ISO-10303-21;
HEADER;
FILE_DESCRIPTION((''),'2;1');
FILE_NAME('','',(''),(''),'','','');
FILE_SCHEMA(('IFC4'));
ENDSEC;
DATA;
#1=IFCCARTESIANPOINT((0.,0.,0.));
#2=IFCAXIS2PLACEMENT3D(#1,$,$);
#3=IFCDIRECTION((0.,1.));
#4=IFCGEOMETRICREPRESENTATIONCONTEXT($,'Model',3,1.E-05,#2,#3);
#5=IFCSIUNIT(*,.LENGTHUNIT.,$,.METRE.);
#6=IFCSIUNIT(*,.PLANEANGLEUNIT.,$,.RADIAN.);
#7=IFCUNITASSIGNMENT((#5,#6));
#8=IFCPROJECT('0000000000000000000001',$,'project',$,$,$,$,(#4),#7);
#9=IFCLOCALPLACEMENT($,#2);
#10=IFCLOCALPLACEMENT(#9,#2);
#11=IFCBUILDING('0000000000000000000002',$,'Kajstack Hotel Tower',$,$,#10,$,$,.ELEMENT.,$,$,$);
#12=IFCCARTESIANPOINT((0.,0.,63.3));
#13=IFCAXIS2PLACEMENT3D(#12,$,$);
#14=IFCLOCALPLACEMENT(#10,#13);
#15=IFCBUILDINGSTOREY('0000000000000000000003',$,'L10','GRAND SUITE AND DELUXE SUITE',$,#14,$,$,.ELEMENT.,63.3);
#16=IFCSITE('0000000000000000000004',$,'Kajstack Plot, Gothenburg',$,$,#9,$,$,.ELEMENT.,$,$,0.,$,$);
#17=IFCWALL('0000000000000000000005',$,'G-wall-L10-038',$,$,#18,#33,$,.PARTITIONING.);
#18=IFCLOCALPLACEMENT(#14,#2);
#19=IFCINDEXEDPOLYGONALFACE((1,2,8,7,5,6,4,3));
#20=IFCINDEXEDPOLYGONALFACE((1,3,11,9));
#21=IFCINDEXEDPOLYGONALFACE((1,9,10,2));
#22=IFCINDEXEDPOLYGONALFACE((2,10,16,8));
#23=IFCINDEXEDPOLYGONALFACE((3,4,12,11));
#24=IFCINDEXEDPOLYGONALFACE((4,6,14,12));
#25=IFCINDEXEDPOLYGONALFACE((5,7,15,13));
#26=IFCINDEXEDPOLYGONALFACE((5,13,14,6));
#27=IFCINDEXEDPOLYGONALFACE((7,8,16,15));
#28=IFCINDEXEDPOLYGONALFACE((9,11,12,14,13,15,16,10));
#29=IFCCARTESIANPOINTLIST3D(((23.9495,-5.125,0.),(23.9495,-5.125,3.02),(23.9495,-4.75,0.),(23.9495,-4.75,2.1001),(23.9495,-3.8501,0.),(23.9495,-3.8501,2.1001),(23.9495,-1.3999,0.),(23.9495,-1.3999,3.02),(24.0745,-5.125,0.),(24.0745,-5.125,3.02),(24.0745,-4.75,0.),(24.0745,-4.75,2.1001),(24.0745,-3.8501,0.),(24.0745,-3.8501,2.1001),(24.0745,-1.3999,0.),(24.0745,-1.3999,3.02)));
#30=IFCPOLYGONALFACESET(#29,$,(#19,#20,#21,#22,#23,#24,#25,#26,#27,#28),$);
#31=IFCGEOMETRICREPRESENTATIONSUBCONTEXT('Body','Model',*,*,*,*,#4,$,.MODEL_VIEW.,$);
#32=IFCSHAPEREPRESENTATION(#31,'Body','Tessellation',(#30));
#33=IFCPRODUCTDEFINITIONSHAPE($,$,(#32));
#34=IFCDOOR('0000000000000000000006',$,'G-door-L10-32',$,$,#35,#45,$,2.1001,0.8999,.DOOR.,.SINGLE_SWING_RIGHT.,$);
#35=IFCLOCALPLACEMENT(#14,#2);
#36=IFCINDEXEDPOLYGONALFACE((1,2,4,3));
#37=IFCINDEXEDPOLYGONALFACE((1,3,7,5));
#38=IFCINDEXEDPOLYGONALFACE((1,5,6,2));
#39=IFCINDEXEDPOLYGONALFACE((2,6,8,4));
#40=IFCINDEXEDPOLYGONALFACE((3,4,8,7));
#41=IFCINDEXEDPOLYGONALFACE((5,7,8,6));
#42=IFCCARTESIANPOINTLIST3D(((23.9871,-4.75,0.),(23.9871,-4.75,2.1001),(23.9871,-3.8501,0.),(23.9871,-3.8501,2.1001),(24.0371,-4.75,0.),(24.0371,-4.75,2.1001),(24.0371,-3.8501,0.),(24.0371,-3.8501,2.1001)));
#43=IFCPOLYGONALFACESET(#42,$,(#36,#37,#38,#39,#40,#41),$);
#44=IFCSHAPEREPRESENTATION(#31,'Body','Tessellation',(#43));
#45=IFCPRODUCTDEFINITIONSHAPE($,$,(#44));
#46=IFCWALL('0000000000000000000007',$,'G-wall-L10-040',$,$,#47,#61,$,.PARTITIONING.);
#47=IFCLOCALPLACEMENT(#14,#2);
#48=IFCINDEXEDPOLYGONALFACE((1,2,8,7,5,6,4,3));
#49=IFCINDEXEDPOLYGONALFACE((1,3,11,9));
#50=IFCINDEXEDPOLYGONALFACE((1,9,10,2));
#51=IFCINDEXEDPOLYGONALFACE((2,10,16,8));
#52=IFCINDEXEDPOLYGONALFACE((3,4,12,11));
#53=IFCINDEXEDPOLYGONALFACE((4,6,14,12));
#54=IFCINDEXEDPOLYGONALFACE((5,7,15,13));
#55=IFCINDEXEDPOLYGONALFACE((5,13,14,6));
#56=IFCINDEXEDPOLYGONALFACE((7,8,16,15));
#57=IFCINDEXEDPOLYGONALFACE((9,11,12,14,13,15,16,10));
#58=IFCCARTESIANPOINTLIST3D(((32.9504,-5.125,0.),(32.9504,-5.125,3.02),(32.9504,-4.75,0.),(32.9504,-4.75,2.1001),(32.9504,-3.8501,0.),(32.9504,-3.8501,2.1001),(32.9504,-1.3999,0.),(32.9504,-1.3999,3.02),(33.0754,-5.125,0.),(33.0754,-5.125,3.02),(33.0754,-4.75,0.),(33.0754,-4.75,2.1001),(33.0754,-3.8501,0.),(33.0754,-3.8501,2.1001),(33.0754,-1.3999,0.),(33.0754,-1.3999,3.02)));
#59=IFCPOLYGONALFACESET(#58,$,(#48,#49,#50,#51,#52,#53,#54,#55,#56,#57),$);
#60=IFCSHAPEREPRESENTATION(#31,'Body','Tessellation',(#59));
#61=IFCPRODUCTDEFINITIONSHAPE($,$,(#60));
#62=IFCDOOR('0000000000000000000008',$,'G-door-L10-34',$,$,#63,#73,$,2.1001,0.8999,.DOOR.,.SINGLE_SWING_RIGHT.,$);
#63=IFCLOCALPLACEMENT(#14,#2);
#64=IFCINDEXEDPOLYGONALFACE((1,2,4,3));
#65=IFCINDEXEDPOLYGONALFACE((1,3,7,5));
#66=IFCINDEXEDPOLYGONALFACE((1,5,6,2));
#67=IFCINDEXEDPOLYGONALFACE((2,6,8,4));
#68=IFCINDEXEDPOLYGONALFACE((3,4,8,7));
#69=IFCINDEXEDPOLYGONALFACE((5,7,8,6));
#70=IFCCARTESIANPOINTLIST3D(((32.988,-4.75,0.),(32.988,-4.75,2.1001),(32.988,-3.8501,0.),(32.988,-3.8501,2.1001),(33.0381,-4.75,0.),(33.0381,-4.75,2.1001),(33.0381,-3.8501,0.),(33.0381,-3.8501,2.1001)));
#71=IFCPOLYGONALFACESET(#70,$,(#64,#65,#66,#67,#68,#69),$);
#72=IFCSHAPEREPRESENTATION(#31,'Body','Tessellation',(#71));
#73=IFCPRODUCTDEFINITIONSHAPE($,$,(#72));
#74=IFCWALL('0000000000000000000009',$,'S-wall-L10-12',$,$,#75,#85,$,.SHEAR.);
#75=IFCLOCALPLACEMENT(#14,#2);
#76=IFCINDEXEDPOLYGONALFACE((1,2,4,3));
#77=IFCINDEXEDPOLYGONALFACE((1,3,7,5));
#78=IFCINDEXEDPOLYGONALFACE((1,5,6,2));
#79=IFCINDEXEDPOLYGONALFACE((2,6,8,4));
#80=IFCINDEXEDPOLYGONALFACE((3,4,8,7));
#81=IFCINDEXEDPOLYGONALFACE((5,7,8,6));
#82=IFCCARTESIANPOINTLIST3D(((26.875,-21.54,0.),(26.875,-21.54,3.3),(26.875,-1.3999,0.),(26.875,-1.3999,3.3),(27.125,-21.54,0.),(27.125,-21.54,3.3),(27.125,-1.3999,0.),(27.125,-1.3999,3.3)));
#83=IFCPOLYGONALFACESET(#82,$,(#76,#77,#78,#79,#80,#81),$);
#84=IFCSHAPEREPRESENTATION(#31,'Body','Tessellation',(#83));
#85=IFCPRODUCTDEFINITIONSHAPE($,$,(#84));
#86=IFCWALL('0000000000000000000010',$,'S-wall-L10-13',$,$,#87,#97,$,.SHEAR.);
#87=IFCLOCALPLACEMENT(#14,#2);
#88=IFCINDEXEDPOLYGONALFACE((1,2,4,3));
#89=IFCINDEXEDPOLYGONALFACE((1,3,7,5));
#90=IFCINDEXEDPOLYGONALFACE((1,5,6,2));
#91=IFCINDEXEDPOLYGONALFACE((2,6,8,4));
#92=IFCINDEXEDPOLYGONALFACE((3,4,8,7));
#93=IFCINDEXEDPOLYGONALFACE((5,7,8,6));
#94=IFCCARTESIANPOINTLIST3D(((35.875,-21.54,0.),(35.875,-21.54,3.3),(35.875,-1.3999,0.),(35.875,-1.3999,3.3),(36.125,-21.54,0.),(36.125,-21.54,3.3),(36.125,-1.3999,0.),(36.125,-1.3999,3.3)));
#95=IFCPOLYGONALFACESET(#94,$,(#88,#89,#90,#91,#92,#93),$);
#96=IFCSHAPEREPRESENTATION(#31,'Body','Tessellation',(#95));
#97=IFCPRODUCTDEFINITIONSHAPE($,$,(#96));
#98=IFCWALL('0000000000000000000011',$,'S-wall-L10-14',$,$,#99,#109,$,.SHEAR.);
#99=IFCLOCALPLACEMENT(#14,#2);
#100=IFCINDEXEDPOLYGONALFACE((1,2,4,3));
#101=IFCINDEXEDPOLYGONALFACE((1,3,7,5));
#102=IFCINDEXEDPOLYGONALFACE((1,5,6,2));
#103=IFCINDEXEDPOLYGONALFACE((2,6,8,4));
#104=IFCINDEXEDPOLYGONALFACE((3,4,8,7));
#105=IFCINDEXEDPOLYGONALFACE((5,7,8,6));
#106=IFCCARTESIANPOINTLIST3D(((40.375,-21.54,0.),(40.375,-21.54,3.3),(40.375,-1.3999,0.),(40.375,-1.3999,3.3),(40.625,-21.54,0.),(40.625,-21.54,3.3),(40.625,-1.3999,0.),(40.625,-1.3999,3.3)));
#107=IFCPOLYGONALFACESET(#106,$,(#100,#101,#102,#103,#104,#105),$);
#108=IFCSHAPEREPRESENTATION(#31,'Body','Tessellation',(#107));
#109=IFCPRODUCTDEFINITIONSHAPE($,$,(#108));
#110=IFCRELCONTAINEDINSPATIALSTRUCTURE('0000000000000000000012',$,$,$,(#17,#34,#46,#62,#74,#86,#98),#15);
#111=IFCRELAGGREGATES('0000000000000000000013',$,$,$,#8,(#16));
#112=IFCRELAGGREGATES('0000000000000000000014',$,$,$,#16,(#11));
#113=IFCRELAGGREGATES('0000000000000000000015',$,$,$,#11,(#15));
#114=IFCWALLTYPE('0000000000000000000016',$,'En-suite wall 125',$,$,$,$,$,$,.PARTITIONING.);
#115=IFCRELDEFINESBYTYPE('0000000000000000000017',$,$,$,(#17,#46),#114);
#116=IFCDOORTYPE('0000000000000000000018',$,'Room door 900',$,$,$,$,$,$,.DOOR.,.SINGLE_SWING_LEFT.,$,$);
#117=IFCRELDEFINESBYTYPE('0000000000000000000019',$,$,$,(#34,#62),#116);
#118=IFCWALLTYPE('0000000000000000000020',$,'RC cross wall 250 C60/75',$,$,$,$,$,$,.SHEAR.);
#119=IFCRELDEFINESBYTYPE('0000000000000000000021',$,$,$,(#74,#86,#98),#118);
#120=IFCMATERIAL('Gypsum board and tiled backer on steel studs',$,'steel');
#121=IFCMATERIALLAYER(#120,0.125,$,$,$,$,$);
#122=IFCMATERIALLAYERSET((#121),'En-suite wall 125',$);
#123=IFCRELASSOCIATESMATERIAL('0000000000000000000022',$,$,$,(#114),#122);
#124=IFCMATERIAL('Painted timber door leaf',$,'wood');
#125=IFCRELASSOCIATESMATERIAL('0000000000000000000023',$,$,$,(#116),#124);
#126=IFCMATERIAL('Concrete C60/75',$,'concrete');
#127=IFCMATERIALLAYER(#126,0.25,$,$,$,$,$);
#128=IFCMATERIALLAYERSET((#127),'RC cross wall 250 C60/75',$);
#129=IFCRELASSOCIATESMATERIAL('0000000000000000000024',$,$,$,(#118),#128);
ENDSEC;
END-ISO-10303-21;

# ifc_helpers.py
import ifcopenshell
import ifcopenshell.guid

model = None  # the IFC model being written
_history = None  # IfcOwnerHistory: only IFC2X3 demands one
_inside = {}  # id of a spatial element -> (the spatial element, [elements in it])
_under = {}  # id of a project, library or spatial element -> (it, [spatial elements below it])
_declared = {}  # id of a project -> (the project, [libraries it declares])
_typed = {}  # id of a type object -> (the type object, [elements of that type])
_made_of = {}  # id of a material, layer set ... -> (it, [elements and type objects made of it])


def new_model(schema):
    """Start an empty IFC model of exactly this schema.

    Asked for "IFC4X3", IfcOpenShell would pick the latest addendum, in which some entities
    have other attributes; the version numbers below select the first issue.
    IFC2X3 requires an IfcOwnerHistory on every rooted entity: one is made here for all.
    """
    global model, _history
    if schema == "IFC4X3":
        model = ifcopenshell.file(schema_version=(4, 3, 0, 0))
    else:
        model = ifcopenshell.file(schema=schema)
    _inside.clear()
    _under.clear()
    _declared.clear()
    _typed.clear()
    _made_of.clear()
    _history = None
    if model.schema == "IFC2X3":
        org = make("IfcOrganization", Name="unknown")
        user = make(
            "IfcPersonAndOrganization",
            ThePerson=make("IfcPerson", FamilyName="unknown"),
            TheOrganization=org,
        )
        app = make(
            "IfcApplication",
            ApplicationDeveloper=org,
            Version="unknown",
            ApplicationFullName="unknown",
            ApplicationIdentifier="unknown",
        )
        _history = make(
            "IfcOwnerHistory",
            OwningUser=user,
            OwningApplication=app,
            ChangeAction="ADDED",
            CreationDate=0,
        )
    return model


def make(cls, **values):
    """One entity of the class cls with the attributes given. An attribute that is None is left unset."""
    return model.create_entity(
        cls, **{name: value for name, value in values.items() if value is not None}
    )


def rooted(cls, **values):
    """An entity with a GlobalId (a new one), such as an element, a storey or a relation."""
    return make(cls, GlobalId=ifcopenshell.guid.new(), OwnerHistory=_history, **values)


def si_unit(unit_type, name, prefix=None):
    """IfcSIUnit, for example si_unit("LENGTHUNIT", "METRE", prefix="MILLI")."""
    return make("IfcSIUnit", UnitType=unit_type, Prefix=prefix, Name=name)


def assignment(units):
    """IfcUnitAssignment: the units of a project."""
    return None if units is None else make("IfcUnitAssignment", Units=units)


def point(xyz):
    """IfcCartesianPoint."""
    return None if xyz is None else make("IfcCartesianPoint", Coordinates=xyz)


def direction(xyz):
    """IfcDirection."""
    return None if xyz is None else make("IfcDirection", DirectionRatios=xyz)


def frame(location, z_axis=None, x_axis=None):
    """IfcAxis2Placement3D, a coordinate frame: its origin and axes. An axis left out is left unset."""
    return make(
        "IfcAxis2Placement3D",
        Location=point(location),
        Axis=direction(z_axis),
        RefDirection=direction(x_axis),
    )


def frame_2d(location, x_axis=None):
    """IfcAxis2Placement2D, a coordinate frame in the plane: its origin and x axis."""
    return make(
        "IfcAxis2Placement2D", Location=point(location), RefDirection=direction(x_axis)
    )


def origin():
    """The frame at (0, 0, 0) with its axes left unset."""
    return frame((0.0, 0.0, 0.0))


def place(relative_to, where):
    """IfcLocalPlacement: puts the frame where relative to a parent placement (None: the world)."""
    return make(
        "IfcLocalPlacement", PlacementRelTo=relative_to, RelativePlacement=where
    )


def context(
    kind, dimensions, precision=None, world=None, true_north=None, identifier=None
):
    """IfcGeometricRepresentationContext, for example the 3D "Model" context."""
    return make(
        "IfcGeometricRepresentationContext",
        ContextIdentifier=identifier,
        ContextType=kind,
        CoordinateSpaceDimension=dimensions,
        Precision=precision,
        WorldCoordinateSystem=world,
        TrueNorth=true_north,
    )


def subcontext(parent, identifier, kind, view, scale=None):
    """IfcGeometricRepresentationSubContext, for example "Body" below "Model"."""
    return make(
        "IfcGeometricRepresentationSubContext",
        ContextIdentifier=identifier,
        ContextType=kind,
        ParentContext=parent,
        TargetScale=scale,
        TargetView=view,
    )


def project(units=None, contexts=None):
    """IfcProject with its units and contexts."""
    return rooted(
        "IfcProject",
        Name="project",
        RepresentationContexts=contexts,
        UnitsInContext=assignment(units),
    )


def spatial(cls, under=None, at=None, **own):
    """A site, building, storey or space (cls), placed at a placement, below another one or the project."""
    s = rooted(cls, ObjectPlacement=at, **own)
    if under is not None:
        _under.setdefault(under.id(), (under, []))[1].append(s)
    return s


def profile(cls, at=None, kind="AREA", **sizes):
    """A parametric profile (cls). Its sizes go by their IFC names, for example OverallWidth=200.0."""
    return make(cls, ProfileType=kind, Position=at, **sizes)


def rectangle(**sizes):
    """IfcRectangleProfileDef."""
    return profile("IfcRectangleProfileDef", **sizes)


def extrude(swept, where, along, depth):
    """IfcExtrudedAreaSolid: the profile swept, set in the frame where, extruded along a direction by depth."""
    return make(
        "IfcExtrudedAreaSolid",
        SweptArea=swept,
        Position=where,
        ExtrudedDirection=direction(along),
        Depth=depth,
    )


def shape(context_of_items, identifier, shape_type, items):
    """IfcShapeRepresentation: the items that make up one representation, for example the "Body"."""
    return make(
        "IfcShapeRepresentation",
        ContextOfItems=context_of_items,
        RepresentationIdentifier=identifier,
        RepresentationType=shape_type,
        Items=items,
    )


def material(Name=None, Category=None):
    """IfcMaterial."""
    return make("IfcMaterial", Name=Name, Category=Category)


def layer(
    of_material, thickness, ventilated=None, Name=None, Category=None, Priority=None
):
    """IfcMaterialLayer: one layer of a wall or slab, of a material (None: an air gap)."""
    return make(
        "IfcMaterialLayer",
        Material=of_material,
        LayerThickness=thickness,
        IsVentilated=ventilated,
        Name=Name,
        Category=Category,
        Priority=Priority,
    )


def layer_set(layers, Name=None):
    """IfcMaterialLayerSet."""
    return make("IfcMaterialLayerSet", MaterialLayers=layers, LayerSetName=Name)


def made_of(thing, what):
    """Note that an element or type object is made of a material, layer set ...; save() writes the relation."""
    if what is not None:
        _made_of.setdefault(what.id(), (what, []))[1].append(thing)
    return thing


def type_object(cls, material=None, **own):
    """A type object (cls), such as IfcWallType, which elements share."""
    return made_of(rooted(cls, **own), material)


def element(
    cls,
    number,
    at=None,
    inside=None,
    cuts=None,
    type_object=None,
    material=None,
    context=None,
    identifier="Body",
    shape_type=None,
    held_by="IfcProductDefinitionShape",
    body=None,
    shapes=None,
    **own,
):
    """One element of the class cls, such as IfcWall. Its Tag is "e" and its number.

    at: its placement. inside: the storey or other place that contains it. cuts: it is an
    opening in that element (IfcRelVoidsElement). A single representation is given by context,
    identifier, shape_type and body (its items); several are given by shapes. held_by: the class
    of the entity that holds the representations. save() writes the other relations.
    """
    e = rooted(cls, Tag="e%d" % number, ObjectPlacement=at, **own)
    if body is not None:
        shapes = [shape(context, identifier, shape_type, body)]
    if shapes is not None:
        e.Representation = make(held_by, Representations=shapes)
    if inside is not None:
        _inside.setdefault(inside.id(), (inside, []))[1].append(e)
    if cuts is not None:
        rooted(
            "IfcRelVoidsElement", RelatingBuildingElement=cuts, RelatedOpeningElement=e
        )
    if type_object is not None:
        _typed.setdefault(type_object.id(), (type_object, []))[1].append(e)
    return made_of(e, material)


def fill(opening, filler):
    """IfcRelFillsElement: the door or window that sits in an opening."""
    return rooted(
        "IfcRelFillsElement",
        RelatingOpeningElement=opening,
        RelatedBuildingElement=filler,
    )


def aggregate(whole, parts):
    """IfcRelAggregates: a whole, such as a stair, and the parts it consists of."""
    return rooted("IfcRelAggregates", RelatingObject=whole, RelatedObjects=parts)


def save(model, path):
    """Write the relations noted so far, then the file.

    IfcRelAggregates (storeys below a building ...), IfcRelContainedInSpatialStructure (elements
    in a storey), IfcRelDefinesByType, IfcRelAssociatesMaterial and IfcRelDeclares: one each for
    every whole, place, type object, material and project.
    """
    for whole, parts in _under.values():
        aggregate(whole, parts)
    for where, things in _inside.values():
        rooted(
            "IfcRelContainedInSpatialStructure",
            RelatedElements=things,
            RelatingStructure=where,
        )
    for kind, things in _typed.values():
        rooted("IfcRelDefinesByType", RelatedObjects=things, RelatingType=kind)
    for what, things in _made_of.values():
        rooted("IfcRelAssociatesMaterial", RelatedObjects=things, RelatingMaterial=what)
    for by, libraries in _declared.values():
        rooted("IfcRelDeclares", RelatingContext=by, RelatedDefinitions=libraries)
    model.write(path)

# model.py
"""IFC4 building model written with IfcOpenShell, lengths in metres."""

from ifc_helpers import new_model, si_unit, direction, frame, frame_2d, origin, place, context, subcontext, project, spatial, rectangle, extrude, material, layer, layer_set, type_object, element, fill, save


model = new_model("IFC4")

# Units and contexts
model_context = context("Model", 3, precision=1e-05, world=origin(), true_north=direction((0.0, 1.0)))
body_context = subcontext(model_context, "Body", "Model", "MODEL_VIEW")
ifc_project = project(units=[si_unit("LENGTHUNIT", "METRE"), si_unit("PLANEANGLEUNIT", "RADIAN")], contexts=[model_context])

# Site, building, storey
site_placement = place(None, origin())
site = spatial("IfcSite", under=ifc_project, at=site_placement, Name="Kajstack Plot, Gothenburg", CompositionType="ELEMENT", RefElevation=0.0)
building_placement = place(site_placement, origin())
building = spatial("IfcBuilding", under=site, at=building_placement, Name="Kajstack Hotel Tower", CompositionType="ELEMENT")
storey_placement = place(building_placement, frame((0.0, 0.0, 63.3)))
storey = spatial("IfcBuildingStorey", under=building, at=storey_placement, Name="L10", Description="GRAND SUITE AND DELUXE SUITE", CompositionType="ELEMENT", Elevation=63.3)

# Walls, openings, doors
ifc_material_1 = material(Name="Gypsum board and tiled backer on steel studs", Category="steel")
ifc_layer_1 = layer(ifc_material_1, 0.125)
ifc_layer_set_1 = layer_set([ifc_layer_1], Name="En-suite wall 125")
wall_type_1 = type_object("IfcWallType", Name="En-suite wall 125", PredefinedType="PARTITIONING", material=ifc_layer_set_1)
wall_1_placement = place(storey_placement, frame((24.012, -5.125, 0.0), z_axis=(0.0, 0.0, 1.0), x_axis=(0.0, 1.0, 0.0)))
wall_1 = element("IfcWall", 1, at=wall_1_placement, inside=storey, type_object=wall_type_1, Name="G-wall-L10-038", PredefinedType="PARTITIONING", context=body_context, shape_type="SweptSolid", body=[
    extrude(rectangle(XDim=3.7251, YDim=0.125, at=frame_2d((1.8625, 0.0))), origin(), (0.0, 0.0, 1.0), 3.02),
])
opening_1_placement = place(wall_1_placement, frame((0.375, 0.0, 0.0)))
opening_1 = element("IfcOpeningElement", 2, at=opening_1_placement, cuts=wall_1, PredefinedType="OPENING", context=body_context, shape_type="SweptSolid", body=[
    extrude(rectangle(XDim=0.8999, YDim=2.1001, at=frame_2d((0.45, 1.05))), frame((0.0, 0.0725, 0.0), z_axis=(0.0, -1.0, 0.0), x_axis=(1.0, 0.0, 0.0)), (0.0, 0.0, 1.0), 0.145),
])
ifc_material_2 = material(Name="Painted timber door leaf", Category="wood")
door_type = type_object("IfcDoorType", Name="Room door 900", OperationType="SINGLE_SWING_LEFT", PredefinedType="DOOR", material=ifc_material_2)
door_1_placement = place(opening_1_placement, origin())
door_1 = element("IfcDoor", 3, at=door_1_placement, inside=storey, type_object=door_type, Name="G-door-L10-32", OperationType="SINGLE_SWING_RIGHT", OverallHeight=2.1001, OverallWidth=0.8999, PredefinedType="DOOR", context=body_context, shape_type="SweptSolid", body=[
    extrude(rectangle(XDim=0.8999, YDim=2.1001, at=frame_2d((0.45, 1.05))), frame((0.0, 0.0249, 0.0), z_axis=(0.0, -1.0, 0.0), x_axis=(1.0, 0.0, 0.0)), (0.0, 0.0, 1.0), 0.05),
])
fill(opening_1, door_1)
wall_2_placement = place(storey_placement, frame((33.0129, -5.125, 0.0), z_axis=(0.0, 0.0, 1.0), x_axis=(0.0, 1.0, 0.0)))
wall_2 = element("IfcWall", 4, at=wall_2_placement, inside=storey, type_object=wall_type_1, Name="G-wall-L10-040", PredefinedType="PARTITIONING", context=body_context, shape_type="SweptSolid", body=[
    extrude(rectangle(XDim=3.7251, YDim=0.125, at=frame_2d((1.8625, 0.0))), origin(), (0.0, 0.0, 1.0), 3.02),
])
opening_2_placement = place(wall_2_placement, frame((0.375, 0.0, 0.0)))
opening_2 = element("IfcOpeningElement", 5, at=opening_2_placement, cuts=wall_2, PredefinedType="OPENING", context=body_context, shape_type="SweptSolid", body=[
    extrude(rectangle(XDim=0.8999, YDim=2.1001, at=frame_2d((0.45, 1.05))), frame((0.0, 0.0725, 0.0), z_axis=(0.0, -1.0, 0.0), x_axis=(1.0, 0.0, 0.0)), (0.0, 0.0, 1.0), 0.145),
])
door_2_placement = place(opening_2_placement, origin())
door_2 = element("IfcDoor", 6, at=door_2_placement, inside=storey, type_object=door_type, Name="G-door-L10-34", OperationType="SINGLE_SWING_RIGHT", OverallHeight=2.1001, OverallWidth=0.8999, PredefinedType="DOOR", context=body_context, shape_type="SweptSolid", body=[
    extrude(rectangle(XDim=0.8999, YDim=2.1001, at=frame_2d((0.45, 1.05))), frame((0.0, 0.0249, 0.0), z_axis=(0.0, -1.0, 0.0), x_axis=(1.0, 0.0, 0.0)), (0.0, 0.0, 1.0), 0.05),
])
fill(opening_2, door_2)

# Walls
ifc_material_3 = material(Name="Concrete C60/75", Category="concrete")
ifc_layer_2 = layer(ifc_material_3, 0.25)
ifc_layer_set_2 = layer_set([ifc_layer_2], Name="RC cross wall 250 C60/75")
wall_type_2 = type_object("IfcWallType", Name="RC cross wall 250 C60/75", PredefinedType="SHEAR", material=ifc_layer_set_2)
for number, where, z_axis, x_axis, name in (
    (7, (27.0, -21.54, 0.0), (0.0, 0.0, 1.0), (0.0, 1.0, 0.0), "S-wall-L10-12"),
    (8, (36.0, -21.54, 0.0), (0.0, 0.0, 1.0), (0.0, 1.0, 0.0), "S-wall-L10-13"),
    (9, (40.5, -21.54, 0.0), (0.0, 0.0, 1.0), (0.0, 1.0, 0.0), "S-wall-L10-14"),
):
    element("IfcWall", number, at=place(storey_placement, frame(where, z_axis=z_axis, x_axis=x_axis)), inside=storey, type_object=wall_type_2, Name=name, PredefinedType="SHEAR", context=body_context, shape_type="SweptSolid", body=[
        extrude(rectangle(XDim=20.1401, YDim=0.25, at=frame_2d((10.0701, 0.0))), origin(), (0.0, 0.0, 1.0), 3.3),
    ])

save(model, "model.ifc")
